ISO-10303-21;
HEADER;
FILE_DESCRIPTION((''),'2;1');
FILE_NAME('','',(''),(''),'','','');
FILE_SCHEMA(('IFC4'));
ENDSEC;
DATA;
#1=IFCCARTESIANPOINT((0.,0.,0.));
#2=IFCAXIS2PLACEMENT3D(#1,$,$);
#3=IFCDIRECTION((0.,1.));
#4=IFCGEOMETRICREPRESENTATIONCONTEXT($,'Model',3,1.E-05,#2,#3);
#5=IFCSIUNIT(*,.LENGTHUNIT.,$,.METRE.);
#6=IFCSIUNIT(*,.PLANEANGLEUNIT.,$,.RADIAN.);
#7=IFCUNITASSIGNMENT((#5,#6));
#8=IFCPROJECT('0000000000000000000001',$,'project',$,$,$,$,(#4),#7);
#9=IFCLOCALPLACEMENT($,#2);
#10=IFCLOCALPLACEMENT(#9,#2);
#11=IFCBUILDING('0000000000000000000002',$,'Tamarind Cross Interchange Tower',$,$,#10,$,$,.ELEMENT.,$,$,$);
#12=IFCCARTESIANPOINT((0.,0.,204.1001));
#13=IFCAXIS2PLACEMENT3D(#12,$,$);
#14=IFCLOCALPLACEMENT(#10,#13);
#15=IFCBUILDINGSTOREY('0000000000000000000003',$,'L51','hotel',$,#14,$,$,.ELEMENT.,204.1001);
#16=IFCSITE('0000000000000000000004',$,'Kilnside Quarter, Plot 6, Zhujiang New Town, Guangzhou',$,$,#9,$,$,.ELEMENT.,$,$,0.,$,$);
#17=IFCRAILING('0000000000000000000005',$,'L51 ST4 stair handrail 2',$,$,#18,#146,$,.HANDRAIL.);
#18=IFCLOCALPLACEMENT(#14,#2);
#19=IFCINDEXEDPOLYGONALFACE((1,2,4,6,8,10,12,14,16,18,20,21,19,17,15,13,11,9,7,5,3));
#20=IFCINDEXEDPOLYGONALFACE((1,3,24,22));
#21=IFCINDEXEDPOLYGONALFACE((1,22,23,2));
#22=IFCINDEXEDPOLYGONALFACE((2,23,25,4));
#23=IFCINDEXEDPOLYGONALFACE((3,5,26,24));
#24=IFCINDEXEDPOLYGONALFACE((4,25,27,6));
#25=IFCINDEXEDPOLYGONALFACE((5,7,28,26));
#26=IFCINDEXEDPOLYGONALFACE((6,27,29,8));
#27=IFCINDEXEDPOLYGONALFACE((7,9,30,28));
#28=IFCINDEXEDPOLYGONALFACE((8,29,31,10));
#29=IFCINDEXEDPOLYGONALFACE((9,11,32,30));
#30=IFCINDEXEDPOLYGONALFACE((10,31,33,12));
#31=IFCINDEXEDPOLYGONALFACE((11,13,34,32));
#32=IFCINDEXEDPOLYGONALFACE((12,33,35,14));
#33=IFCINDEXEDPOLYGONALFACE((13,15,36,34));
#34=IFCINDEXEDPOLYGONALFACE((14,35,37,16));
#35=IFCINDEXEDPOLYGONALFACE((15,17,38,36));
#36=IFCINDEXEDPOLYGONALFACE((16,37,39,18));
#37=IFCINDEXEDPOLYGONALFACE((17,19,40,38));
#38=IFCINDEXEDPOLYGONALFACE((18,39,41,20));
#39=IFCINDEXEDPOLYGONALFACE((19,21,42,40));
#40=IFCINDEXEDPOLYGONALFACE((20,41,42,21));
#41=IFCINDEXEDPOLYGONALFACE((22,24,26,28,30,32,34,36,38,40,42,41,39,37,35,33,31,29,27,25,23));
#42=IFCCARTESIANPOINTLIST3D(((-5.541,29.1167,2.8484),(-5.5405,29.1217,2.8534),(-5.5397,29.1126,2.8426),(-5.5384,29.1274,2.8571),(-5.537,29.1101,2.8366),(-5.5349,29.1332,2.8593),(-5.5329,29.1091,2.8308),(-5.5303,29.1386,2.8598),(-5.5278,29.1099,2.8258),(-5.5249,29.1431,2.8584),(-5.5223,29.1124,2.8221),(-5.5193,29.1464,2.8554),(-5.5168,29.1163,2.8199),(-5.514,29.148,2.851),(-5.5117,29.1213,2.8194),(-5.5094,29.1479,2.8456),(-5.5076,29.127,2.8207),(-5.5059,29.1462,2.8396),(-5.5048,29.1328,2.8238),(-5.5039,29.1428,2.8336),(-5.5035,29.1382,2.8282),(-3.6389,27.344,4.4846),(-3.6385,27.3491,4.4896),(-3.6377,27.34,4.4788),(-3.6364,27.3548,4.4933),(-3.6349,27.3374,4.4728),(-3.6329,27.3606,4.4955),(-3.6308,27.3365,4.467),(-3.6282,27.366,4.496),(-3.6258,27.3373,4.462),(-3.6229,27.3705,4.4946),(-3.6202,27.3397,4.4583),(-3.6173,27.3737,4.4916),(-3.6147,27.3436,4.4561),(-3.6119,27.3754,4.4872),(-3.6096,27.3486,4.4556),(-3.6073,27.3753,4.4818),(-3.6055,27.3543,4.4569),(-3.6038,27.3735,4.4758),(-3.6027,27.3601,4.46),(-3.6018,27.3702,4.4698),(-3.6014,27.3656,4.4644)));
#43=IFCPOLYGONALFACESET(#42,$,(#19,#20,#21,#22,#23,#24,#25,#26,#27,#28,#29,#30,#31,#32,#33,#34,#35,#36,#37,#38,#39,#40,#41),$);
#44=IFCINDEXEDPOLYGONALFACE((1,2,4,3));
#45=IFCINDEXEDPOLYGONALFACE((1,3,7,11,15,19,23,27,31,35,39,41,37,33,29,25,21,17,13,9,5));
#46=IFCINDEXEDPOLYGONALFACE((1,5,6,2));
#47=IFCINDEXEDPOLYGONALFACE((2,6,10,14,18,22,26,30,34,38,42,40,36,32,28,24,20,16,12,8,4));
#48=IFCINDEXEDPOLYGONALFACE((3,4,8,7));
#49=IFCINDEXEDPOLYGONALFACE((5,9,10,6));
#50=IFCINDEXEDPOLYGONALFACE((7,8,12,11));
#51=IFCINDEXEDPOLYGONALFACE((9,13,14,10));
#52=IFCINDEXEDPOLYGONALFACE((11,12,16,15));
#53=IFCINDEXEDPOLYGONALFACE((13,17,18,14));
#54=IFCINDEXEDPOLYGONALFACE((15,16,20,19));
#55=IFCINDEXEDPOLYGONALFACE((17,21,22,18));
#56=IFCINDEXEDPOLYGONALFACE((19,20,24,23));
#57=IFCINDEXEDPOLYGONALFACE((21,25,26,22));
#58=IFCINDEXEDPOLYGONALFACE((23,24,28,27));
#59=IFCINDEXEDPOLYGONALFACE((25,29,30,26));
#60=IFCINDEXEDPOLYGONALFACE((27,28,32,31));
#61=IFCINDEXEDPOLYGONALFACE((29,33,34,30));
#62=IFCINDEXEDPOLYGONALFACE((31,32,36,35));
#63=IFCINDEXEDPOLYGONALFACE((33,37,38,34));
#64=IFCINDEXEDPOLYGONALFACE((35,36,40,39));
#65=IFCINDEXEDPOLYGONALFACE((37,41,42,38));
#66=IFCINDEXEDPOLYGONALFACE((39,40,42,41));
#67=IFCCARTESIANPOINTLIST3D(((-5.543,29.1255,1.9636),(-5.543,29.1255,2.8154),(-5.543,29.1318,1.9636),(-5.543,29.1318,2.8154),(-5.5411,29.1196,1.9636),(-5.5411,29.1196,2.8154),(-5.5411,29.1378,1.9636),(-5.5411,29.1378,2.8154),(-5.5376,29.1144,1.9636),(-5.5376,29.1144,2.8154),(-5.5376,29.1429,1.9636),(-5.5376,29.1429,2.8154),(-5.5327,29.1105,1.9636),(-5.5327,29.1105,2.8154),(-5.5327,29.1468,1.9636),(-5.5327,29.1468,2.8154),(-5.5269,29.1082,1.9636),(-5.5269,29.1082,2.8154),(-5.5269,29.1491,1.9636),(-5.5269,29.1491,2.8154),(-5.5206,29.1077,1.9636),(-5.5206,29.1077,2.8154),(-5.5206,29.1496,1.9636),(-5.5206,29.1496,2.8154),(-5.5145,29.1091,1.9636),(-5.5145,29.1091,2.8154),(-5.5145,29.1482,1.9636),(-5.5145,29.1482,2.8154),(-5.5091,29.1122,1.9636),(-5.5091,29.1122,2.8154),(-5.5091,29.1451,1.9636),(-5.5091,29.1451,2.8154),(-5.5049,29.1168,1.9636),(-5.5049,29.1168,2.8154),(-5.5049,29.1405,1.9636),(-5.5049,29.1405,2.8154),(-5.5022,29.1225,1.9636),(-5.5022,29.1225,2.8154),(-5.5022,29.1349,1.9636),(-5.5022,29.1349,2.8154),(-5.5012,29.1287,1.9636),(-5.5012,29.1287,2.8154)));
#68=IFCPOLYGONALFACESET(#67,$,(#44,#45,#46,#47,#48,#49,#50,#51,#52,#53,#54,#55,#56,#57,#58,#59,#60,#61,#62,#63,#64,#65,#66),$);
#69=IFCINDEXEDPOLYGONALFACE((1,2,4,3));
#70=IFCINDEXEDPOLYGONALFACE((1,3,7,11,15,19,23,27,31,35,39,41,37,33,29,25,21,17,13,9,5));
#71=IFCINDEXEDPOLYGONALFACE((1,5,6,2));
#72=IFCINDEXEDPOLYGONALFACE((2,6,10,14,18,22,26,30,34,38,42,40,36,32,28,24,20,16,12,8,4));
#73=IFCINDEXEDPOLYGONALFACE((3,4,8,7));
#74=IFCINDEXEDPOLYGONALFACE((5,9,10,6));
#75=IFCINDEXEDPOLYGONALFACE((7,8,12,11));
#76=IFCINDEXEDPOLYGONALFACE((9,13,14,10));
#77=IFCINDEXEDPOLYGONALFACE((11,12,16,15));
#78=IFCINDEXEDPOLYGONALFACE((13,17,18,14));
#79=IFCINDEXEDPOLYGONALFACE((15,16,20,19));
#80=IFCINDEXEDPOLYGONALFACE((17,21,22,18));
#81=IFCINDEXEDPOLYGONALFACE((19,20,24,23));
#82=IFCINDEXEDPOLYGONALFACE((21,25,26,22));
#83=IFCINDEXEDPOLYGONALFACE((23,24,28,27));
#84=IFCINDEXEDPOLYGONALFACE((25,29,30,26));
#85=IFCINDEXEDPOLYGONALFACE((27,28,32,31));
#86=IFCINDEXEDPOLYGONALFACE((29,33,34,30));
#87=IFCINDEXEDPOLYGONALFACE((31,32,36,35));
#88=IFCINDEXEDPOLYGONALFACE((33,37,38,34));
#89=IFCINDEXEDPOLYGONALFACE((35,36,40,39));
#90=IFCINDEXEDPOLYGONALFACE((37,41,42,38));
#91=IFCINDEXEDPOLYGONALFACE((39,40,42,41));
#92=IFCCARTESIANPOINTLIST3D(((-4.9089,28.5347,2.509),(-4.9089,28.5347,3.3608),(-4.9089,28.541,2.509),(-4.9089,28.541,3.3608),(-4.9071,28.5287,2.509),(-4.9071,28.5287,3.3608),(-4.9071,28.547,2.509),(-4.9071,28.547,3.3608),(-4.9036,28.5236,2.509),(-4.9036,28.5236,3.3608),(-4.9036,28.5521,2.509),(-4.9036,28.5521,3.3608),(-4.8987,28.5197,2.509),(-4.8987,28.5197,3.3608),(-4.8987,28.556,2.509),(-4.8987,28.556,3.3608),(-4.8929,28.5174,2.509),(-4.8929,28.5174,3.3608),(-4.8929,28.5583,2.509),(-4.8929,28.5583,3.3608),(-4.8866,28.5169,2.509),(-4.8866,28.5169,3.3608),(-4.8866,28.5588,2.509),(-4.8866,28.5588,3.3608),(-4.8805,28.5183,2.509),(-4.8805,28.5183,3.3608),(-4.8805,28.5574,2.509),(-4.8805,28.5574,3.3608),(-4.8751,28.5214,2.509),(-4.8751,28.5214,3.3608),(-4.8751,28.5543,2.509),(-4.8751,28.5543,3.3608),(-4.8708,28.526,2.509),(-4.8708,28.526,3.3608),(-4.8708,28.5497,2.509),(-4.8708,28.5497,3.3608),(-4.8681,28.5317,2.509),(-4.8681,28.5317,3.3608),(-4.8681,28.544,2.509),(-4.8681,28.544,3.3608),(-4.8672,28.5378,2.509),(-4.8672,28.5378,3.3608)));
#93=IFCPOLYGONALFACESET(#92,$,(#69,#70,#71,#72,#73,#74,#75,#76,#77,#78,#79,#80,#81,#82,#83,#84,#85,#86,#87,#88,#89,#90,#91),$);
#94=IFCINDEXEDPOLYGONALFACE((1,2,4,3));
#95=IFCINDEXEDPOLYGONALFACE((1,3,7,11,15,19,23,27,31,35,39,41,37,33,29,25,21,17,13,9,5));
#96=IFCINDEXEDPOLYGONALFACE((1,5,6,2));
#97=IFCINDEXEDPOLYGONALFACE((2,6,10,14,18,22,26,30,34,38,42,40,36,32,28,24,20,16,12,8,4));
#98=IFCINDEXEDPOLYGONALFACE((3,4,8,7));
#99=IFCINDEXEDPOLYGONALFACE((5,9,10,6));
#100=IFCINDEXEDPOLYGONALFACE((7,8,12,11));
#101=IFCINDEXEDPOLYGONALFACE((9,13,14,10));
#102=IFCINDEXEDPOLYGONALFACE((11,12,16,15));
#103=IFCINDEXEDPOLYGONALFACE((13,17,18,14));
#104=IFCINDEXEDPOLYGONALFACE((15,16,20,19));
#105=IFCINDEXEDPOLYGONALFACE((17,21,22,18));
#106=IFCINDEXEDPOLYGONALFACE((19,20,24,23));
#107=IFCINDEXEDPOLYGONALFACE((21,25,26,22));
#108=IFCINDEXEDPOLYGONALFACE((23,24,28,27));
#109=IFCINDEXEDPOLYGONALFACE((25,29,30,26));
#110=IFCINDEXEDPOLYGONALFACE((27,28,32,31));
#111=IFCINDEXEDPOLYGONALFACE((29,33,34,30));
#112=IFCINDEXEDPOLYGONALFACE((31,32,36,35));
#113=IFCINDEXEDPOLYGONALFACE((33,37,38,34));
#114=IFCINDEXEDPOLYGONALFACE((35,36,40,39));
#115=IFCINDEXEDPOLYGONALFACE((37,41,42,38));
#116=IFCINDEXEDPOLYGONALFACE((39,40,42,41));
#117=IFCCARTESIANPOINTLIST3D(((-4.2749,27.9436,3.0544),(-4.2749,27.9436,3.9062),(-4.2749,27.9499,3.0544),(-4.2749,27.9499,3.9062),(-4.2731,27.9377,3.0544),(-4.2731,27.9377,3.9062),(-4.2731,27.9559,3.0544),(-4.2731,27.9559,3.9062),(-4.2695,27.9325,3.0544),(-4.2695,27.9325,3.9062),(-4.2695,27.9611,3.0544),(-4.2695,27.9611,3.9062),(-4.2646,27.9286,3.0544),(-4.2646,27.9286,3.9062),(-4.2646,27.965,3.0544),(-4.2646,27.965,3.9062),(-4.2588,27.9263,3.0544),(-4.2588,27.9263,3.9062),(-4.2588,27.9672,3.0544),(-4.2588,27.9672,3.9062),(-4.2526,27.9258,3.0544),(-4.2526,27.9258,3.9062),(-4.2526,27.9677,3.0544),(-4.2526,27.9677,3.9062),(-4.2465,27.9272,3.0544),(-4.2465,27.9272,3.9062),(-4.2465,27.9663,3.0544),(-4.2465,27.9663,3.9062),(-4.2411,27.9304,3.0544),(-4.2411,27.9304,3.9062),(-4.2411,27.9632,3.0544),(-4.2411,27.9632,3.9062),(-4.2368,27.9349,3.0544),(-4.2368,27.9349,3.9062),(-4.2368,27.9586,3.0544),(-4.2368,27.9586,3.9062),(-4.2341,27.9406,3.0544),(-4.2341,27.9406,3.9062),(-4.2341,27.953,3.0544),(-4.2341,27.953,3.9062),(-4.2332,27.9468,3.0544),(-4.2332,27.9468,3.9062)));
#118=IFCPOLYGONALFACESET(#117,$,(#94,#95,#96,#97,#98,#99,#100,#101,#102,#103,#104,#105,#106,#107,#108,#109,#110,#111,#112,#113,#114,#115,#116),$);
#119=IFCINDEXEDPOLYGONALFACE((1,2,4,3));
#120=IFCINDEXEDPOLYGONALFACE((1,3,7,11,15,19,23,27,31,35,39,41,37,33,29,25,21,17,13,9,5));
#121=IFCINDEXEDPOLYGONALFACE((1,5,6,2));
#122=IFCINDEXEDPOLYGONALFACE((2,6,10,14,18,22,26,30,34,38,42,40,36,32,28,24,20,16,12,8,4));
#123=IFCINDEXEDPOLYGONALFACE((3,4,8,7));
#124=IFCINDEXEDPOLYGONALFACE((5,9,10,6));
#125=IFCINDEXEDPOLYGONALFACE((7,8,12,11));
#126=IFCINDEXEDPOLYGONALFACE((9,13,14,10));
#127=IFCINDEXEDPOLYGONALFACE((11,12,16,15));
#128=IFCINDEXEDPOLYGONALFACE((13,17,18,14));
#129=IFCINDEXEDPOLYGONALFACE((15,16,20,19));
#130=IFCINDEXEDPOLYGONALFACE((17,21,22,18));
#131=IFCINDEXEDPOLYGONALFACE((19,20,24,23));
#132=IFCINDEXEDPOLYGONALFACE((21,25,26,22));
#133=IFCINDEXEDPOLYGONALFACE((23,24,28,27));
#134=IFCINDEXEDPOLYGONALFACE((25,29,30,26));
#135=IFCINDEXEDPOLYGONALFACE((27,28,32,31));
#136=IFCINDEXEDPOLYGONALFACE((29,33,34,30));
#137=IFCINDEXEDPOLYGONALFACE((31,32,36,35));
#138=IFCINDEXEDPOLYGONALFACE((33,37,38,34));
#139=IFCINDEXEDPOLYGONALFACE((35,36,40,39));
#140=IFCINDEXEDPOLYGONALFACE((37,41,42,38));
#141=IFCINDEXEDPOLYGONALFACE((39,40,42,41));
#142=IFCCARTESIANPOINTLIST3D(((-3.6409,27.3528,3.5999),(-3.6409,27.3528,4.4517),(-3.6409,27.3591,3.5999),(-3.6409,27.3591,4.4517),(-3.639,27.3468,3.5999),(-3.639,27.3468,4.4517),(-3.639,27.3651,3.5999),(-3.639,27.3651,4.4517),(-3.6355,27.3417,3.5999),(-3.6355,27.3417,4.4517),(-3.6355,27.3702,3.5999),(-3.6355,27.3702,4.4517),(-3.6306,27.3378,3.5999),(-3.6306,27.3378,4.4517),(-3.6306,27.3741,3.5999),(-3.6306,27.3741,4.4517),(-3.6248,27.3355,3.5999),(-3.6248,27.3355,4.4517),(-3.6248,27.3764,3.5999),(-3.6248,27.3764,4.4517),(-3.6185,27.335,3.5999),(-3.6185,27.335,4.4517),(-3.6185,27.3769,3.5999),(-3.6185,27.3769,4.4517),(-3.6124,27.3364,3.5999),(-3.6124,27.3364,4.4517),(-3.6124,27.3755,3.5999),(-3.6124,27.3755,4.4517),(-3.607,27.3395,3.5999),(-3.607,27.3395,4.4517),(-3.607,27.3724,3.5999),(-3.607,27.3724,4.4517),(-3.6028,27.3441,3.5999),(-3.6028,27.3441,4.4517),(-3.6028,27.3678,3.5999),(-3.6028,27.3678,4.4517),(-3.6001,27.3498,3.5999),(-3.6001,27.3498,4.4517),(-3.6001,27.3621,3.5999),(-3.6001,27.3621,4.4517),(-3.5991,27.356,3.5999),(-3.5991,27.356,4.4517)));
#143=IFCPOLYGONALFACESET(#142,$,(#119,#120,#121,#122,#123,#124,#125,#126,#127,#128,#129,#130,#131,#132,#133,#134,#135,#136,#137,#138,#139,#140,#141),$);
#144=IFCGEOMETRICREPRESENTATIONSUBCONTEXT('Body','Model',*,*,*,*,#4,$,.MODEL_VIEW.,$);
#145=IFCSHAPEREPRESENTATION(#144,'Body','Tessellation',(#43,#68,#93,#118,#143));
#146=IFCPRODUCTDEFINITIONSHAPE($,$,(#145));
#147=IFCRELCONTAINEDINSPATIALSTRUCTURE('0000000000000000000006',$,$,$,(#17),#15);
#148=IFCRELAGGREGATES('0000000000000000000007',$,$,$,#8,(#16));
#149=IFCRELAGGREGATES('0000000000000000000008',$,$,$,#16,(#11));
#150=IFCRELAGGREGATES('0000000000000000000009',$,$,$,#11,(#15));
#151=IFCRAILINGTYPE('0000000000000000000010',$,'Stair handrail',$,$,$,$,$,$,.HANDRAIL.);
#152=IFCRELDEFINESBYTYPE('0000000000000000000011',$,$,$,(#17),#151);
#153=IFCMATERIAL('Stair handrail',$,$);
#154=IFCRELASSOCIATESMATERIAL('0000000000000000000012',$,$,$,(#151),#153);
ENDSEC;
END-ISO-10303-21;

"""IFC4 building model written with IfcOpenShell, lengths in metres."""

from ifc_helpers import new_model, si_unit, direction, frame, origin, origin_2d, place, context, subcontext, project, spatial, circle, extrude, material, type_object, element, save


model = new_model("IFC4")

# Units and contexts
model_context = context("Model", 3, precision=1e-05, world=origin(), true_north=direction((0.0, 1.0)))
body_context = subcontext(model_context, "Body", "Model", "MODEL_VIEW")
ifc_project = project(units=[si_unit("LENGTHUNIT", "METRE"), si_unit("PLANEANGLEUNIT", "RADIAN")], contexts=[model_context])

# Site, building, storey
site_placement = place(None, origin())
site = spatial("IfcSite", under=ifc_project, at=site_placement, Name="Kilnside Quarter, Plot 6, Zhujiang New Town, Guangzhou", CompositionType="ELEMENT", RefElevation=0.0)
building_placement = place(site_placement, origin())
building = spatial("IfcBuilding", under=site, at=building_placement, Name="Tamarind Cross Interchange Tower", CompositionType="ELEMENT")
storey_placement = place(building_placement, frame((0.0, 0.0, 204.1001)))
storey = spatial("IfcBuildingStorey", under=building, at=storey_placement, Name="L51", Description="hotel", CompositionType="ELEMENT", Elevation=204.1001)

# Railing
ifc_material_1 = material(Name="Stair handrail")
railing_type_1 = type_object("IfcRailingType", Name="Stair handrail", PredefinedType="HANDRAIL", material=ifc_material_1)
railing_1_placement = place(storey_placement, frame((-5.5222, 29.1287, 1.9636)))
element("IfcRailing", 1, at=railing_1_placement, inside=storey, type_object=railing_type_1, Name="L51 ST4 stair handrail 2", PredefinedType="HANDRAIL", context=body_context, shape_type="SweptSolid", body=[
    extrude(circle(Radius=0.0239, at=origin_2d()), frame((0.0, 0.0, 0.876), z_axis=(0.619156, -0.577036, 0.532612), x_axis=(0.681786, 0.731552, 0.0)), (0.0, 0.0, 1.0), 3.072),
    extrude(circle(Radius=0.021, at=origin_2d()), origin(), (0.0, 0.0, 1.0), 0.8518),
    extrude(circle(Radius=0.021, at=origin_2d()), frame((0.634, -0.5908, 0.5454)), (0.0, 0.0, 1.0), 0.8518),
    extrude(circle(Radius=0.021, at=origin_2d()), frame((1.2681, -1.1819, 1.0908)), (0.0, 0.0, 1.0), 0.8518),
    extrude(circle(Radius=0.021, at=origin_2d()), frame((1.9021, -1.7727, 1.6362)), (0.0, 0.0, 1.0), 0.8518),
])

save(model, "model.ifc")
